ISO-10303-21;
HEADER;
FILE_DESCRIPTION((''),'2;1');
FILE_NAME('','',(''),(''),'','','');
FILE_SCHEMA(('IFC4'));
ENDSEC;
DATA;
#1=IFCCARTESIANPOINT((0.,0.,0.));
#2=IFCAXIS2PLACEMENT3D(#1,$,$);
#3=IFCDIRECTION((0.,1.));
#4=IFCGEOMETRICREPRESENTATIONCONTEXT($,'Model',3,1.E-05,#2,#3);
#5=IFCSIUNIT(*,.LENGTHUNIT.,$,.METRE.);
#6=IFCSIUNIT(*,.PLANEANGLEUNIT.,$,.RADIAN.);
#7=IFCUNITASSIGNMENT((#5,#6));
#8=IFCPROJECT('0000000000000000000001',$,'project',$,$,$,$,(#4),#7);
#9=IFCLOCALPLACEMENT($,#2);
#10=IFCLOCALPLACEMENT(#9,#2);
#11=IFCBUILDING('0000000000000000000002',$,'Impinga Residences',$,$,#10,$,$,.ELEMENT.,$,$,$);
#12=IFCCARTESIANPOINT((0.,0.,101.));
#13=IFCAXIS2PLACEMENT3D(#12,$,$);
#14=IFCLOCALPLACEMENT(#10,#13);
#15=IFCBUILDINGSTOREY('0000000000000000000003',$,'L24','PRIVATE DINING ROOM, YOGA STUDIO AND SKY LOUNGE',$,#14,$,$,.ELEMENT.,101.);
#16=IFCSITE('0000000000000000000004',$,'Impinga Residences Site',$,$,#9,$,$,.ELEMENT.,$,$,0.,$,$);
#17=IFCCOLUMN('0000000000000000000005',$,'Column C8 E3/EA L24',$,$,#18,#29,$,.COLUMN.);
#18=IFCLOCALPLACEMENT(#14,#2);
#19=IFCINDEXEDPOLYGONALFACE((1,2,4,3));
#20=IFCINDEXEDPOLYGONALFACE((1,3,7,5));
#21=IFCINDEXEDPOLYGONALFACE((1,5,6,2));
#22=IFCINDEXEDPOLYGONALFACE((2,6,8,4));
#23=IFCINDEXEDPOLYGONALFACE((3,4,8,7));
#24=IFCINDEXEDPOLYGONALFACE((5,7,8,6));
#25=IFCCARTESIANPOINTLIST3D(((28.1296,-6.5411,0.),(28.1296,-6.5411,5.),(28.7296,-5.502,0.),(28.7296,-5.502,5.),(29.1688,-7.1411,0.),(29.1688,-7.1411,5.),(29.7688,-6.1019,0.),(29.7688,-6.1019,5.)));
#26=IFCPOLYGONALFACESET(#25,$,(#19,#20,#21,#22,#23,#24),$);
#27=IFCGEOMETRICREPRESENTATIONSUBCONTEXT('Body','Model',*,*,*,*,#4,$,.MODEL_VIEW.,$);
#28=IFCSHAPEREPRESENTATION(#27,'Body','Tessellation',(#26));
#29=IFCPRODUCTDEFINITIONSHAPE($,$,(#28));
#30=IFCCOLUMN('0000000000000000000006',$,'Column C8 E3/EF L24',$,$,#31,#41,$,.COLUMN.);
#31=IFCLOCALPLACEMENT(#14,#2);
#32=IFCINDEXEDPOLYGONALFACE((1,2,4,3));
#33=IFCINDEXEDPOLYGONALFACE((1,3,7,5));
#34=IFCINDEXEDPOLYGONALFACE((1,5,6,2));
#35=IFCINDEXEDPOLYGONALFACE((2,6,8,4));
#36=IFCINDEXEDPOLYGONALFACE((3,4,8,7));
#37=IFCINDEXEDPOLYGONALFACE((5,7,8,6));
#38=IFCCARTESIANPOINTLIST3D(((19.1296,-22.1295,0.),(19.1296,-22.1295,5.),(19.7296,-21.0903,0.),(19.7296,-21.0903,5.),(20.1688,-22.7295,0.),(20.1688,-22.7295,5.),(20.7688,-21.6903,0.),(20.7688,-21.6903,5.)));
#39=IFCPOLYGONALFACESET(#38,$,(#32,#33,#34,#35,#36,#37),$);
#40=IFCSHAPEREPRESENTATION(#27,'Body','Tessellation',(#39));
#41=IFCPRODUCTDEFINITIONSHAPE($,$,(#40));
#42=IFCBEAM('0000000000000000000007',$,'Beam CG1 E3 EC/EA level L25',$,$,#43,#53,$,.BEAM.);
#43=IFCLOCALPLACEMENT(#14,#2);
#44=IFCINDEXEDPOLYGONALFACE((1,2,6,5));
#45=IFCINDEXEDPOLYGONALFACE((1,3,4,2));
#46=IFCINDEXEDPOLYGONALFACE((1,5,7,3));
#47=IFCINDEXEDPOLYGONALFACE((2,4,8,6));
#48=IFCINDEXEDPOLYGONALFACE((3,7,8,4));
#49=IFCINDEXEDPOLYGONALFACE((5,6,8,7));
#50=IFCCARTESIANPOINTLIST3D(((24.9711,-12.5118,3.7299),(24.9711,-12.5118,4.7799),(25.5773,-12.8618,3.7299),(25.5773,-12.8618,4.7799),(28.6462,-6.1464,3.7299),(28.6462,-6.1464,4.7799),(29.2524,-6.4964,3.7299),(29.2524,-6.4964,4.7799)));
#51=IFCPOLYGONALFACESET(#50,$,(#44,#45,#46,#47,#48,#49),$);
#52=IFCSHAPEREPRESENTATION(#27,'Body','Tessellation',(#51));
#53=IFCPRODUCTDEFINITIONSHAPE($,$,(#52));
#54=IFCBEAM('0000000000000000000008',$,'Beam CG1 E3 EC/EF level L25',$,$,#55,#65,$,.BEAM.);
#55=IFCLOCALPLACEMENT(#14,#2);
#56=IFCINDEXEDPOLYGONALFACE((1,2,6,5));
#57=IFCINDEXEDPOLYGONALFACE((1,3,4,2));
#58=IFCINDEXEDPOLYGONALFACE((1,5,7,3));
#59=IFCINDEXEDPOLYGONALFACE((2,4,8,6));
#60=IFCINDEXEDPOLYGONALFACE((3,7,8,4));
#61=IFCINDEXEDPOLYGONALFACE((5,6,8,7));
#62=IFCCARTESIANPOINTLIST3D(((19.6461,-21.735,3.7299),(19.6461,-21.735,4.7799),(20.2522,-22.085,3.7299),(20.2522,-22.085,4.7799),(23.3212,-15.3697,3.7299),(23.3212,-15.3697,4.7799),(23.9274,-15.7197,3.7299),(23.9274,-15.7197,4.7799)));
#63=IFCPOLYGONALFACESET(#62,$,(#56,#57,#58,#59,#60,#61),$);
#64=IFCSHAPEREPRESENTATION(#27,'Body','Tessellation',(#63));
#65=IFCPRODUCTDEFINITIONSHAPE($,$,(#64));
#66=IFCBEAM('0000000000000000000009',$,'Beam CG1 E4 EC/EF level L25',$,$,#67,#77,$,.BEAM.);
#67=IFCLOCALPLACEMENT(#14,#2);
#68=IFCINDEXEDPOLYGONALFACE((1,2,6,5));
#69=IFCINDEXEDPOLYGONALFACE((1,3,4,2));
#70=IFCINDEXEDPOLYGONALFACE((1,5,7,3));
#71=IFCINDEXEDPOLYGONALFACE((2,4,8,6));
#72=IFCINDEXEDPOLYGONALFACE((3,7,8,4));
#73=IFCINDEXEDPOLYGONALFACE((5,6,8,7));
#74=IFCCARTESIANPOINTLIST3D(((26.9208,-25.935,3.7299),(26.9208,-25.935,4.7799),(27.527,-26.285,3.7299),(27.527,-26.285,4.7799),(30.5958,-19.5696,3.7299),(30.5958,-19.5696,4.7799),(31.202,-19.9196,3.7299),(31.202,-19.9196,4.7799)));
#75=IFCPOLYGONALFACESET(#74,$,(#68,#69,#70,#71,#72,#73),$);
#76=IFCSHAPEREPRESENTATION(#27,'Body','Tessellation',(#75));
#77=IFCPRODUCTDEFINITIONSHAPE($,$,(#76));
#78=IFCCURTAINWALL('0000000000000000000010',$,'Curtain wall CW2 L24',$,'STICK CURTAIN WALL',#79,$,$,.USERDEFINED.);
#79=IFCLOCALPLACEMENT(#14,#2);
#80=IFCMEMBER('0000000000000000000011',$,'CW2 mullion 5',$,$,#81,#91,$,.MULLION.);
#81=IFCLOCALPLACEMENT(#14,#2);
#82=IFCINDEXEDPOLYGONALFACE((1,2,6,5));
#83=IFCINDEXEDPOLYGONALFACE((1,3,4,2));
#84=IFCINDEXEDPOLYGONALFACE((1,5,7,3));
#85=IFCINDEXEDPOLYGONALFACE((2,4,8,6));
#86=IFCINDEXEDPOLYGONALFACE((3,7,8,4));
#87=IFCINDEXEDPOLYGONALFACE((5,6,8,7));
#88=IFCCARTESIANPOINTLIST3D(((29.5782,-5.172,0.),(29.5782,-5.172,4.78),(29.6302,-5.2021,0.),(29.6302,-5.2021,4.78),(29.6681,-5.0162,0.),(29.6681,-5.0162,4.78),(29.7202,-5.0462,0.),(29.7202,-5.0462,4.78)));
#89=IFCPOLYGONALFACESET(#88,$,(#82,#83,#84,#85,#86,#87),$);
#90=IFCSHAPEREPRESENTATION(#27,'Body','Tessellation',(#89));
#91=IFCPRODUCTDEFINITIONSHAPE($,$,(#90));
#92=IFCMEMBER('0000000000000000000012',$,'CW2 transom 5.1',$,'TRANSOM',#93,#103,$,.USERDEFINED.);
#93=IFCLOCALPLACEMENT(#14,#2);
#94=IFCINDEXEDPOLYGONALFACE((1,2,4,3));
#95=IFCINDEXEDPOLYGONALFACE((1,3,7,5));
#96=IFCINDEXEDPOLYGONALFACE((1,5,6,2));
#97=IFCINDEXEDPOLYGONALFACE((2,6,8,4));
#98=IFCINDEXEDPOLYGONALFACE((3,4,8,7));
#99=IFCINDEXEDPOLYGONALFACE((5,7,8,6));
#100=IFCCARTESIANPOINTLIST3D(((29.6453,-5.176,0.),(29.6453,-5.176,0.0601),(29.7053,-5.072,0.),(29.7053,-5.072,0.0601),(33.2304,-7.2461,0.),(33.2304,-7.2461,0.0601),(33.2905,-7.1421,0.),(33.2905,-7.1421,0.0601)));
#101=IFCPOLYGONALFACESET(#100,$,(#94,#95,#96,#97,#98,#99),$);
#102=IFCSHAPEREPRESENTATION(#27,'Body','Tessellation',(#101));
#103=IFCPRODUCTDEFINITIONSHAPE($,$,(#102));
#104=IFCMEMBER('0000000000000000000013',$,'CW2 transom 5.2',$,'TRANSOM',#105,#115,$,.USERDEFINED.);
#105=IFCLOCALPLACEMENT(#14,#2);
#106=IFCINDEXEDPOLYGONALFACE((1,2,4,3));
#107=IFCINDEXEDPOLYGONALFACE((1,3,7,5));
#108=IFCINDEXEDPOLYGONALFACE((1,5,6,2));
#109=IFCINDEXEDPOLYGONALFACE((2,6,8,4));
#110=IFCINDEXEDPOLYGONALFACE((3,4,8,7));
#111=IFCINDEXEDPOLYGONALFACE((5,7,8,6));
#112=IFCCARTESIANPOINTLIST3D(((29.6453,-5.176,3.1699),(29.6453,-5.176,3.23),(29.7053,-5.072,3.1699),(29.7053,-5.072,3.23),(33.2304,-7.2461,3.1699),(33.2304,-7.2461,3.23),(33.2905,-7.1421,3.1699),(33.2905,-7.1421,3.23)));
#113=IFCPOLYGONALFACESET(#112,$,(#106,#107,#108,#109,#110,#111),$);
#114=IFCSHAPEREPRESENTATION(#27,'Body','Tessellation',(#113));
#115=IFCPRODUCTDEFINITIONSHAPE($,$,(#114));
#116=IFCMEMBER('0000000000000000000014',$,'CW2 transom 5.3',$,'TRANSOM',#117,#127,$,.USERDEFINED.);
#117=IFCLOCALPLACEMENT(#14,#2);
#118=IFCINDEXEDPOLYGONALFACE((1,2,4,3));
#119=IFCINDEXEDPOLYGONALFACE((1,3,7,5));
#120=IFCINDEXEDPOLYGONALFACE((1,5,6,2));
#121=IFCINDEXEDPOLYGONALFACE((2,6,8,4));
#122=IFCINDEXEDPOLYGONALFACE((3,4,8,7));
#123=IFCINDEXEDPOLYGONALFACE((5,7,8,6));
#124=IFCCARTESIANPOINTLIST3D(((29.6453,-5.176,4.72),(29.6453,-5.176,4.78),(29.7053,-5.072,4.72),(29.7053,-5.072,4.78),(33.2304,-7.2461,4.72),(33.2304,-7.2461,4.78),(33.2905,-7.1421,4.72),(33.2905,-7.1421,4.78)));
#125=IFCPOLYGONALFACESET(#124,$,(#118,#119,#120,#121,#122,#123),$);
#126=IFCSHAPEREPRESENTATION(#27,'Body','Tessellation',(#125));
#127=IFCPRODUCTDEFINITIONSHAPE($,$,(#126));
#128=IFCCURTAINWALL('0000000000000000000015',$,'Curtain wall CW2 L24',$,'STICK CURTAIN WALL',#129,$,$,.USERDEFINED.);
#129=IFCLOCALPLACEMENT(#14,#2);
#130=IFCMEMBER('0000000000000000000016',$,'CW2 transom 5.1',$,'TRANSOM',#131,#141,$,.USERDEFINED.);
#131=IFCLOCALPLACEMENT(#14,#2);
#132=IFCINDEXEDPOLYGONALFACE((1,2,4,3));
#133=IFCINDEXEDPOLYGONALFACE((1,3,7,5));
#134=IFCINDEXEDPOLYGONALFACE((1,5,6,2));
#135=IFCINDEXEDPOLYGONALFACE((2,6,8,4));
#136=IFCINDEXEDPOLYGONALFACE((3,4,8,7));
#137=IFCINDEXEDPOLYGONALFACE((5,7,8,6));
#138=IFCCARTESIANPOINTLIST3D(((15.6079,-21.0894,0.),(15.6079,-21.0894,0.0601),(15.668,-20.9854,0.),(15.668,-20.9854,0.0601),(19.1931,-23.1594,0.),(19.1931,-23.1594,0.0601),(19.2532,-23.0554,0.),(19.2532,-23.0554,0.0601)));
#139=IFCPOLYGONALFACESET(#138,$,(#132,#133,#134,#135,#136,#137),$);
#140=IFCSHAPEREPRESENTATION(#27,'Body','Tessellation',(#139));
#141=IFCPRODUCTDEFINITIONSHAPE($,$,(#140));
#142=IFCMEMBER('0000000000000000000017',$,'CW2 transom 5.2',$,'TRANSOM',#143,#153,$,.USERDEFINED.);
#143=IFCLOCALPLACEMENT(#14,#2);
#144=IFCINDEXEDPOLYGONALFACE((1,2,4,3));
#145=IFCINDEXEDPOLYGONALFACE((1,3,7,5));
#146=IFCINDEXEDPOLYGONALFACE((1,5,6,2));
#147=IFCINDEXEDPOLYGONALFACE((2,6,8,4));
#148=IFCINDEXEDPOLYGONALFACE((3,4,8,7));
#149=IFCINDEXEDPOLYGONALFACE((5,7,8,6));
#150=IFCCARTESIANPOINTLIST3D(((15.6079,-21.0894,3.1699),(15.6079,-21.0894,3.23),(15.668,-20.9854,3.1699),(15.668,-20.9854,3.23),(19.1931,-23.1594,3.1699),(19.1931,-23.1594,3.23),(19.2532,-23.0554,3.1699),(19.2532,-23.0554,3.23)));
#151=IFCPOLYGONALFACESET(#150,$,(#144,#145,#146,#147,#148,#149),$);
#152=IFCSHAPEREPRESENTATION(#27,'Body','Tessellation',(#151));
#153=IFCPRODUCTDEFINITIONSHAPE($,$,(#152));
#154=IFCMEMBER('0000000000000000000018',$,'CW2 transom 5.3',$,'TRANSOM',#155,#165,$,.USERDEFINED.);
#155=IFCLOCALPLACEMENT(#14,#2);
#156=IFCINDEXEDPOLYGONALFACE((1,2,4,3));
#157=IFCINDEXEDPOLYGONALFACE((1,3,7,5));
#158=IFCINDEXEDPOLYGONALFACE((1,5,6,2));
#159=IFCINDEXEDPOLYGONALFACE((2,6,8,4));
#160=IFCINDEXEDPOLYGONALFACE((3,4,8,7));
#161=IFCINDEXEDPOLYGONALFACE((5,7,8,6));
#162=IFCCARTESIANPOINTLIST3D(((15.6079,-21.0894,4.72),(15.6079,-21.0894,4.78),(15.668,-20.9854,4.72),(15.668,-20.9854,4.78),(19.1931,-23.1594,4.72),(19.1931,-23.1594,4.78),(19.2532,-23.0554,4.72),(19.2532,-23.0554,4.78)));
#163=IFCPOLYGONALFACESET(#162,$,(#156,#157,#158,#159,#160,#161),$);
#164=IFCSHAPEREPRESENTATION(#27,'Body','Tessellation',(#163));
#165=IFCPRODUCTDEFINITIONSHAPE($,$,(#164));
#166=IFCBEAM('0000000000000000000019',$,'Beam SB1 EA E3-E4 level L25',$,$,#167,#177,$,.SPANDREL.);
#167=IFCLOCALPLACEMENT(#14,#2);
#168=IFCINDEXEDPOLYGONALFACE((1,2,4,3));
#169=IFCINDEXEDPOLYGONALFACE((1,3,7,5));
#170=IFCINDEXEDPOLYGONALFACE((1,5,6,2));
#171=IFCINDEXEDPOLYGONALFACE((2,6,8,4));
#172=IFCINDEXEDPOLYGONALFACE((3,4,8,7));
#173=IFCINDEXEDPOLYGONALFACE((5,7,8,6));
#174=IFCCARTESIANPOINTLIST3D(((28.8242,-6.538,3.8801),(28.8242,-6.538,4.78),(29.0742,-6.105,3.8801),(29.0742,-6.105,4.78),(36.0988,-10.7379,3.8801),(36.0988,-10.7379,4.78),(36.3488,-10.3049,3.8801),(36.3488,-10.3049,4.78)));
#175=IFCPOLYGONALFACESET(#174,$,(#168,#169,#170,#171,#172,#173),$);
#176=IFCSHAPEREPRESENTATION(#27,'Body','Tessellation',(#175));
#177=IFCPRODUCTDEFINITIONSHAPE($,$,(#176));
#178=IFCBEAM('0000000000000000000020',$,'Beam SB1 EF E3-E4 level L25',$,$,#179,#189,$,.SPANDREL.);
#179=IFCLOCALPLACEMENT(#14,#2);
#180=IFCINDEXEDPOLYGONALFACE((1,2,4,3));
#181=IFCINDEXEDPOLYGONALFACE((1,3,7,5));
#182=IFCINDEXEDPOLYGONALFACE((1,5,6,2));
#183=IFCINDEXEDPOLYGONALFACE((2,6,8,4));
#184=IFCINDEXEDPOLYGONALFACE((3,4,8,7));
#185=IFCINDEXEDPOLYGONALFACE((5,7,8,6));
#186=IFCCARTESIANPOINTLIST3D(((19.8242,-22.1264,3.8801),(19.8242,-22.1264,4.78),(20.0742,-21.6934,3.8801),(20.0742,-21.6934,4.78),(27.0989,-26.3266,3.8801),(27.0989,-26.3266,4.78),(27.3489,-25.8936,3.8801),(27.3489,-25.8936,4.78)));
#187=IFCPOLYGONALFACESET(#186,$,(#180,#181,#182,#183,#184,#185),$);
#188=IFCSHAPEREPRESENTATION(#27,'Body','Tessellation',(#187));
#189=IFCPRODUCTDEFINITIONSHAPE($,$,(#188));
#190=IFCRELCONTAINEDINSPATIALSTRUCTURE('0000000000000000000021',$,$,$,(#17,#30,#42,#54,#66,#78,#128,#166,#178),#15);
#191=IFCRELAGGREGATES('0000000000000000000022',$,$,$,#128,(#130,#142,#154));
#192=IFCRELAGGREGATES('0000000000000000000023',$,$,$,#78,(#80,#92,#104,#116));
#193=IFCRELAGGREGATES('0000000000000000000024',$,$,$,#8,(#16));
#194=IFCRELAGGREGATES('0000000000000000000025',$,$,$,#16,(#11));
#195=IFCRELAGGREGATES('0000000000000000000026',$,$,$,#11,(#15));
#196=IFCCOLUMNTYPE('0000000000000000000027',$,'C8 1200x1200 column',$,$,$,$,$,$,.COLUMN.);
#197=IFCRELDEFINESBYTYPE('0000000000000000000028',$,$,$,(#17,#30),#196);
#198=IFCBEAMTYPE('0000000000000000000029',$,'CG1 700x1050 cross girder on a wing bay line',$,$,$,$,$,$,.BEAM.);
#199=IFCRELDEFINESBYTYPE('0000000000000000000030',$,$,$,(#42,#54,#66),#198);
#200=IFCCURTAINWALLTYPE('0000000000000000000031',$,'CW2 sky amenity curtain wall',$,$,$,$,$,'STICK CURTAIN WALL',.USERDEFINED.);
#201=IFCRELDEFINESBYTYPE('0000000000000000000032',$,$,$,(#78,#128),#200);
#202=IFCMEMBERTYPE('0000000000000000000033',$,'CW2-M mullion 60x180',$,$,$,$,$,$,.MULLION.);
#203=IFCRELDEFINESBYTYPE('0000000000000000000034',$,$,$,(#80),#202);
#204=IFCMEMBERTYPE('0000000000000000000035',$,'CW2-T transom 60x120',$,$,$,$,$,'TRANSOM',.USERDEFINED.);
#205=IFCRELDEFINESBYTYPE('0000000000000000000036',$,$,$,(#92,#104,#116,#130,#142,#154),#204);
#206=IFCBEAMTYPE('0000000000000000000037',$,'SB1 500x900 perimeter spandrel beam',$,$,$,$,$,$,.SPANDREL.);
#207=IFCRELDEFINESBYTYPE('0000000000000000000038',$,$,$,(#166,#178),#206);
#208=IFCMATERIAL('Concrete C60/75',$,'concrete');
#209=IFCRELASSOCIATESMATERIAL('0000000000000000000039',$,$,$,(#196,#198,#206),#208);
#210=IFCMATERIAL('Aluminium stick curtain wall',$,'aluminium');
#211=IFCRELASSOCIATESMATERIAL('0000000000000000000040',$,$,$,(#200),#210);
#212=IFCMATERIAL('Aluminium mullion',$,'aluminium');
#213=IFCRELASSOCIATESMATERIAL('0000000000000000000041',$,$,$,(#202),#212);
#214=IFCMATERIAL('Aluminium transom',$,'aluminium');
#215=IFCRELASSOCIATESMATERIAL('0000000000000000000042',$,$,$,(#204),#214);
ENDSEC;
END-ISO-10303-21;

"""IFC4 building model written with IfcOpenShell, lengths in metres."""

from ifc_helpers import new_model, si_unit, direction, frame, origin, origin_2d, place, context, subcontext, project, spatial, rectangle, extrude, material, material_profile, profile_set, type_object, element, aggregate, save


model = new_model("IFC4")

# Units and contexts
model_context = context("Model", 3, precision=1e-05, world=origin(), true_north=direction((0.0, 1.0)))
body_context = subcontext(model_context, "Body", "Model", "MODEL_VIEW")
ifc_project = project(units=[si_unit("LENGTHUNIT", "METRE"), si_unit("PLANEANGLEUNIT", "RADIAN")], contexts=[model_context])

# Site, building, storey
site_placement = place(None, origin())
site = spatial("IfcSite", under=ifc_project, at=site_placement, Name="Impinga Residences Site", CompositionType="ELEMENT", RefElevation=0.0)
building_placement = place(site_placement, origin())
building = spatial("IfcBuilding", under=site, at=building_placement, Name="Impinga Residences", CompositionType="ELEMENT")
storey_placement = place(building_placement, frame((0.0, 0.0, 101.0)))
storey = spatial("IfcBuildingStorey", under=building, at=storey_placement, Name="L24", Description="PRIVATE DINING ROOM, YOGA STUDIO AND SKY LOUNGE", CompositionType="ELEMENT", Elevation=101.0)

# Columns
ifc_material_1 = material(Name="Concrete C60/75", Category="concrete")
ifc_material_profile_1 = material_profile(ifc_material_1, rectangle(XDim=1.2, YDim=1.2, at=origin_2d()), Name="RC 1200x1200")
ifc_profile_set_1 = profile_set([ifc_material_profile_1], Name="Concrete C60/75")
column_type = type_object("IfcColumnType", Name="C8 1200x1200 column", PredefinedType="COLUMN", material=ifc_profile_set_1)
for number, where, z_axis, x_axis, name in (
    (1, (28.9492, -6.3215, 0.0), (0.0, 0.0, 1.0), (-0.5, -0.866025, 0.0), "Column C8 E3/EA L24"),
    (2, (19.9492, -21.9099, 0.0), (0.0, 0.0, 1.0), (-0.5, -0.866025, 0.0), "Column C8 E3/EF L24"),
):
    element("IfcColumn", number, at=place(storey_placement, frame(where, z_axis=z_axis, x_axis=x_axis)), inside=storey, type_object=column_type, Name=name, PredefinedType="COLUMN", context=body_context, shape_type="SweptSolid", body=[
        extrude(rectangle(XDim=1.2, YDim=1.2, at=origin_2d()), origin(), (0.0, 0.0, 1.0), 5.0),
    ])

# Beams
ifc_material_profile_2 = material_profile(ifc_material_1, rectangle(XDim=0.7, YDim=1.05, at=origin_2d()), Name="RC 700x1050")
ifc_profile_set_2 = profile_set([ifc_material_profile_2], Name="Concrete C60/75")
beam_type_1 = type_object("IfcBeamType", Name="CG1 700x1050 cross girder on a wing bay line", PredefinedType="BEAM", material=ifc_profile_set_2)
for number, where, z_axis, x_axis, name in (
    (3, (25.2742, -12.6868, 4.2549), (0.500008, 0.866021, 0.0), (-0.866021, 0.500008, 0.0), "Beam CG1 E3 EC/EA level L25"),
    (4, (23.6243, -15.5447, 4.2549), (-0.500008, -0.866021, 0.0), (0.866021, -0.500008, 0.0), "Beam CG1 E3 EC/EF level L25"),
    (5, (30.8989, -19.7446, 4.2549), (-0.499994, -0.866029, 0.0), (0.866029, -0.499994, 0.0), "Beam CG1 E4 EC/EF level L25"),
):
    element("IfcBeam", number, at=place(storey_placement, frame(where, z_axis=z_axis, x_axis=x_axis)), inside=storey, type_object=beam_type_1, Name=name, PredefinedType="BEAM", context=body_context, shape_type="SweptSolid", body=[
        extrude(rectangle(XDim=0.7, YDim=1.05, at=origin_2d()), origin(), (0.0, 0.0, 1.0), 7.3501),
    ])

# Curtain walls, members
ifc_material_2 = material(Name="Aluminium stick curtain wall", Category="aluminium")
curtain_wall_type = type_object("IfcCurtainWallType", Name="CW2 sky amenity curtain wall", ElementType="STICK CURTAIN WALL", PredefinedType="USERDEFINED", material=ifc_material_2)
curtain_wall_1_placement = place(storey_placement, origin())
curtain_wall_1 = element("IfcCurtainWall", 6, at=curtain_wall_1_placement, inside=storey, type_object=curtain_wall_type, Name="Curtain wall CW2 L24", ObjectType="STICK CURTAIN WALL", PredefinedType="USERDEFINED")
ifc_material_3 = material(Name="Aluminium mullion", Category="aluminium")
ifc_material_profile_3 = material_profile(ifc_material_3, rectangle(XDim=0.0601, YDim=0.1799, at=origin_2d()), Name="60x180 mullion")
ifc_profile_set_3 = profile_set([ifc_material_profile_3], Name="Aluminium mullion")
member_type_1 = type_object("IfcMemberType", Name="CW2-M mullion 60x180", PredefinedType="MULLION", material=ifc_profile_set_3)
member_1_placement = place(storey_placement, frame((29.6492, -5.1091, 0.0), z_axis=(0.0, 0.0, 1.0), x_axis=(0.866025, -0.5, 0.0)))
member_1 = element("IfcMember", 7, at=member_1_placement, type_object=member_type_1, Name="CW2 mullion 5", PredefinedType="MULLION", context=body_context, shape_type="SweptSolid", body=[
    extrude(rectangle(XDim=0.0601, YDim=0.1799, at=origin_2d()), origin(), (0.0, 0.0, 1.0), 4.78),
])
ifc_material_4 = material(Name="Aluminium transom", Category="aluminium")
ifc_material_profile_4 = material_profile(ifc_material_4, rectangle(XDim=0.0601, YDim=0.1201, at=origin_2d()), Name="60x120 transom")
ifc_profile_set_4 = profile_set([ifc_material_profile_4], Name="Aluminium transom")
member_type_2 = type_object("IfcMemberType", Name="CW2-T transom 60x120", ElementType="TRANSOM", PredefinedType="USERDEFINED", material=ifc_profile_set_4)
member_2_placement = place(storey_placement, frame((29.6753, -5.124, 0.03), z_axis=(0.86601, -0.500027, 0.0), x_axis=(0.0, 0.0, 1.0)))
member_2 = element("IfcMember", 8, at=member_2_placement, type_object=member_type_2, Name="CW2 transom 5.1", ObjectType="TRANSOM", PredefinedType="USERDEFINED", context=body_context, shape_type="SweptSolid", body=[
    extrude(rectangle(XDim=0.0601, YDim=0.1201, at=origin_2d()), origin(), (0.0, 0.0, 1.0), 4.1399),
])
member_3_placement = place(storey_placement, frame((29.6753, -5.124, 3.2), z_axis=(0.86601, -0.500027, 0.0), x_axis=(0.0, 0.0, 1.0)))
member_3 = element("IfcMember", 9, at=member_3_placement, type_object=member_type_2, Name="CW2 transom 5.2", ObjectType="TRANSOM", PredefinedType="USERDEFINED", context=body_context, shape_type="SweptSolid", body=[
    extrude(rectangle(XDim=0.0601, YDim=0.1201, at=origin_2d()), origin(), (0.0, 0.0, 1.0), 4.1399),
])
member_4_placement = place(storey_placement, frame((29.6753, -5.124, 4.75), z_axis=(0.86601, -0.500027, 0.0), x_axis=(0.0, 0.0, 1.0)))
member_4 = element("IfcMember", 10, at=member_4_placement, type_object=member_type_2, Name="CW2 transom 5.3", ObjectType="TRANSOM", PredefinedType="USERDEFINED", context=body_context, shape_type="SweptSolid", body=[
    extrude(rectangle(XDim=0.0601, YDim=0.1201, at=origin_2d()), origin(), (0.0, 0.0, 1.0), 4.1399),
])
curtain_wall_2_placement = place(storey_placement, origin())
curtain_wall_2 = element("IfcCurtainWall", 11, at=curtain_wall_2_placement, inside=storey, type_object=curtain_wall_type, Name="Curtain wall CW2 L24", ObjectType="STICK CURTAIN WALL", PredefinedType="USERDEFINED")
member_5_placement = place(storey_placement, frame((19.2231, -23.1074, 0.03), z_axis=(-0.86601, 0.500027, 0.0), x_axis=(0.0, 0.0, 1.0)))
member_5 = element("IfcMember", 12, at=member_5_placement, type_object=member_type_2, Name="CW2 transom 5.1", ObjectType="TRANSOM", PredefinedType="USERDEFINED", context=body_context, shape_type="SweptSolid", body=[
    extrude(rectangle(XDim=0.0601, YDim=0.1201, at=origin_2d()), origin(), (0.0, 0.0, 1.0), 4.1399),
])
member_6_placement = place(storey_placement, frame((19.2231, -23.1074, 3.2), z_axis=(-0.86601, 0.500027, 0.0), x_axis=(0.0, 0.0, 1.0)))
member_6 = element("IfcMember", 13, at=member_6_placement, type_object=member_type_2, Name="CW2 transom 5.2", ObjectType="TRANSOM", PredefinedType="USERDEFINED", context=body_context, shape_type="SweptSolid", body=[
    extrude(rectangle(XDim=0.0601, YDim=0.1201, at=origin_2d()), origin(), (0.0, 0.0, 1.0), 4.1399),
])
member_7_placement = place(storey_placement, frame((19.2231, -23.1074, 4.75), z_axis=(-0.86601, 0.500027, 0.0), x_axis=(0.0, 0.0, 1.0)))
member_7 = element("IfcMember", 14, at=member_7_placement, type_object=member_type_2, Name="CW2 transom 5.3", ObjectType="TRANSOM", PredefinedType="USERDEFINED", context=body_context, shape_type="SweptSolid", body=[
    extrude(rectangle(XDim=0.0601, YDim=0.1201, at=origin_2d()), origin(), (0.0, 0.0, 1.0), 4.1399),
])
aggregate(curtain_wall_2, [member_5, member_6, member_7])

# Beams
ifc_material_profile_5 = material_profile(ifc_material_1, rectangle(XDim=0.5, YDim=0.8999, at=origin_2d()), Name="RC 500x900")
ifc_profile_set_5 = profile_set([ifc_material_profile_5], Name="Concrete C60/75")
beam_type_2 = type_object("IfcBeamType", Name="SB1 500x900 perimeter spandrel beam", PredefinedType="SPANDREL", material=ifc_profile_set_5)
beam_1_placement = place(storey_placement, frame((28.9492, -6.3215, 4.3301), z_axis=(0.866029, -0.499993, 0.0), x_axis=(0.499993, 0.866029, 0.0)))
element("IfcBeam", 15, at=beam_1_placement, inside=storey, type_object=beam_type_2, Name="Beam SB1 EA E3-E4 level L25", PredefinedType="SPANDREL", context=body_context, shape_type="SweptSolid", body=[
    extrude(rectangle(XDim=0.5, YDim=0.8999, at=origin_2d()), origin(), (0.0, 0.0, 1.0), 8.3999),
])
beam_2_placement = place(storey_placement, frame((19.9492, -21.9099, 4.3301), z_axis=(0.866017, -0.500015, 0.0), x_axis=(0.500015, 0.866017, 0.0)))
element("IfcBeam", 16, at=beam_2_placement, inside=storey, type_object=beam_type_2, Name="Beam SB1 EF E3-E4 level L25", PredefinedType="SPANDREL", context=body_context, shape_type="SweptSolid", body=[
    extrude(rectangle(XDim=0.5, YDim=0.8999, at=origin_2d()), origin(), (0.0, 0.0, 1.0), 8.4001),
])

aggregate(curtain_wall_1, [member_1, member_2, member_3, member_4])

save(model, "model.ifc")
